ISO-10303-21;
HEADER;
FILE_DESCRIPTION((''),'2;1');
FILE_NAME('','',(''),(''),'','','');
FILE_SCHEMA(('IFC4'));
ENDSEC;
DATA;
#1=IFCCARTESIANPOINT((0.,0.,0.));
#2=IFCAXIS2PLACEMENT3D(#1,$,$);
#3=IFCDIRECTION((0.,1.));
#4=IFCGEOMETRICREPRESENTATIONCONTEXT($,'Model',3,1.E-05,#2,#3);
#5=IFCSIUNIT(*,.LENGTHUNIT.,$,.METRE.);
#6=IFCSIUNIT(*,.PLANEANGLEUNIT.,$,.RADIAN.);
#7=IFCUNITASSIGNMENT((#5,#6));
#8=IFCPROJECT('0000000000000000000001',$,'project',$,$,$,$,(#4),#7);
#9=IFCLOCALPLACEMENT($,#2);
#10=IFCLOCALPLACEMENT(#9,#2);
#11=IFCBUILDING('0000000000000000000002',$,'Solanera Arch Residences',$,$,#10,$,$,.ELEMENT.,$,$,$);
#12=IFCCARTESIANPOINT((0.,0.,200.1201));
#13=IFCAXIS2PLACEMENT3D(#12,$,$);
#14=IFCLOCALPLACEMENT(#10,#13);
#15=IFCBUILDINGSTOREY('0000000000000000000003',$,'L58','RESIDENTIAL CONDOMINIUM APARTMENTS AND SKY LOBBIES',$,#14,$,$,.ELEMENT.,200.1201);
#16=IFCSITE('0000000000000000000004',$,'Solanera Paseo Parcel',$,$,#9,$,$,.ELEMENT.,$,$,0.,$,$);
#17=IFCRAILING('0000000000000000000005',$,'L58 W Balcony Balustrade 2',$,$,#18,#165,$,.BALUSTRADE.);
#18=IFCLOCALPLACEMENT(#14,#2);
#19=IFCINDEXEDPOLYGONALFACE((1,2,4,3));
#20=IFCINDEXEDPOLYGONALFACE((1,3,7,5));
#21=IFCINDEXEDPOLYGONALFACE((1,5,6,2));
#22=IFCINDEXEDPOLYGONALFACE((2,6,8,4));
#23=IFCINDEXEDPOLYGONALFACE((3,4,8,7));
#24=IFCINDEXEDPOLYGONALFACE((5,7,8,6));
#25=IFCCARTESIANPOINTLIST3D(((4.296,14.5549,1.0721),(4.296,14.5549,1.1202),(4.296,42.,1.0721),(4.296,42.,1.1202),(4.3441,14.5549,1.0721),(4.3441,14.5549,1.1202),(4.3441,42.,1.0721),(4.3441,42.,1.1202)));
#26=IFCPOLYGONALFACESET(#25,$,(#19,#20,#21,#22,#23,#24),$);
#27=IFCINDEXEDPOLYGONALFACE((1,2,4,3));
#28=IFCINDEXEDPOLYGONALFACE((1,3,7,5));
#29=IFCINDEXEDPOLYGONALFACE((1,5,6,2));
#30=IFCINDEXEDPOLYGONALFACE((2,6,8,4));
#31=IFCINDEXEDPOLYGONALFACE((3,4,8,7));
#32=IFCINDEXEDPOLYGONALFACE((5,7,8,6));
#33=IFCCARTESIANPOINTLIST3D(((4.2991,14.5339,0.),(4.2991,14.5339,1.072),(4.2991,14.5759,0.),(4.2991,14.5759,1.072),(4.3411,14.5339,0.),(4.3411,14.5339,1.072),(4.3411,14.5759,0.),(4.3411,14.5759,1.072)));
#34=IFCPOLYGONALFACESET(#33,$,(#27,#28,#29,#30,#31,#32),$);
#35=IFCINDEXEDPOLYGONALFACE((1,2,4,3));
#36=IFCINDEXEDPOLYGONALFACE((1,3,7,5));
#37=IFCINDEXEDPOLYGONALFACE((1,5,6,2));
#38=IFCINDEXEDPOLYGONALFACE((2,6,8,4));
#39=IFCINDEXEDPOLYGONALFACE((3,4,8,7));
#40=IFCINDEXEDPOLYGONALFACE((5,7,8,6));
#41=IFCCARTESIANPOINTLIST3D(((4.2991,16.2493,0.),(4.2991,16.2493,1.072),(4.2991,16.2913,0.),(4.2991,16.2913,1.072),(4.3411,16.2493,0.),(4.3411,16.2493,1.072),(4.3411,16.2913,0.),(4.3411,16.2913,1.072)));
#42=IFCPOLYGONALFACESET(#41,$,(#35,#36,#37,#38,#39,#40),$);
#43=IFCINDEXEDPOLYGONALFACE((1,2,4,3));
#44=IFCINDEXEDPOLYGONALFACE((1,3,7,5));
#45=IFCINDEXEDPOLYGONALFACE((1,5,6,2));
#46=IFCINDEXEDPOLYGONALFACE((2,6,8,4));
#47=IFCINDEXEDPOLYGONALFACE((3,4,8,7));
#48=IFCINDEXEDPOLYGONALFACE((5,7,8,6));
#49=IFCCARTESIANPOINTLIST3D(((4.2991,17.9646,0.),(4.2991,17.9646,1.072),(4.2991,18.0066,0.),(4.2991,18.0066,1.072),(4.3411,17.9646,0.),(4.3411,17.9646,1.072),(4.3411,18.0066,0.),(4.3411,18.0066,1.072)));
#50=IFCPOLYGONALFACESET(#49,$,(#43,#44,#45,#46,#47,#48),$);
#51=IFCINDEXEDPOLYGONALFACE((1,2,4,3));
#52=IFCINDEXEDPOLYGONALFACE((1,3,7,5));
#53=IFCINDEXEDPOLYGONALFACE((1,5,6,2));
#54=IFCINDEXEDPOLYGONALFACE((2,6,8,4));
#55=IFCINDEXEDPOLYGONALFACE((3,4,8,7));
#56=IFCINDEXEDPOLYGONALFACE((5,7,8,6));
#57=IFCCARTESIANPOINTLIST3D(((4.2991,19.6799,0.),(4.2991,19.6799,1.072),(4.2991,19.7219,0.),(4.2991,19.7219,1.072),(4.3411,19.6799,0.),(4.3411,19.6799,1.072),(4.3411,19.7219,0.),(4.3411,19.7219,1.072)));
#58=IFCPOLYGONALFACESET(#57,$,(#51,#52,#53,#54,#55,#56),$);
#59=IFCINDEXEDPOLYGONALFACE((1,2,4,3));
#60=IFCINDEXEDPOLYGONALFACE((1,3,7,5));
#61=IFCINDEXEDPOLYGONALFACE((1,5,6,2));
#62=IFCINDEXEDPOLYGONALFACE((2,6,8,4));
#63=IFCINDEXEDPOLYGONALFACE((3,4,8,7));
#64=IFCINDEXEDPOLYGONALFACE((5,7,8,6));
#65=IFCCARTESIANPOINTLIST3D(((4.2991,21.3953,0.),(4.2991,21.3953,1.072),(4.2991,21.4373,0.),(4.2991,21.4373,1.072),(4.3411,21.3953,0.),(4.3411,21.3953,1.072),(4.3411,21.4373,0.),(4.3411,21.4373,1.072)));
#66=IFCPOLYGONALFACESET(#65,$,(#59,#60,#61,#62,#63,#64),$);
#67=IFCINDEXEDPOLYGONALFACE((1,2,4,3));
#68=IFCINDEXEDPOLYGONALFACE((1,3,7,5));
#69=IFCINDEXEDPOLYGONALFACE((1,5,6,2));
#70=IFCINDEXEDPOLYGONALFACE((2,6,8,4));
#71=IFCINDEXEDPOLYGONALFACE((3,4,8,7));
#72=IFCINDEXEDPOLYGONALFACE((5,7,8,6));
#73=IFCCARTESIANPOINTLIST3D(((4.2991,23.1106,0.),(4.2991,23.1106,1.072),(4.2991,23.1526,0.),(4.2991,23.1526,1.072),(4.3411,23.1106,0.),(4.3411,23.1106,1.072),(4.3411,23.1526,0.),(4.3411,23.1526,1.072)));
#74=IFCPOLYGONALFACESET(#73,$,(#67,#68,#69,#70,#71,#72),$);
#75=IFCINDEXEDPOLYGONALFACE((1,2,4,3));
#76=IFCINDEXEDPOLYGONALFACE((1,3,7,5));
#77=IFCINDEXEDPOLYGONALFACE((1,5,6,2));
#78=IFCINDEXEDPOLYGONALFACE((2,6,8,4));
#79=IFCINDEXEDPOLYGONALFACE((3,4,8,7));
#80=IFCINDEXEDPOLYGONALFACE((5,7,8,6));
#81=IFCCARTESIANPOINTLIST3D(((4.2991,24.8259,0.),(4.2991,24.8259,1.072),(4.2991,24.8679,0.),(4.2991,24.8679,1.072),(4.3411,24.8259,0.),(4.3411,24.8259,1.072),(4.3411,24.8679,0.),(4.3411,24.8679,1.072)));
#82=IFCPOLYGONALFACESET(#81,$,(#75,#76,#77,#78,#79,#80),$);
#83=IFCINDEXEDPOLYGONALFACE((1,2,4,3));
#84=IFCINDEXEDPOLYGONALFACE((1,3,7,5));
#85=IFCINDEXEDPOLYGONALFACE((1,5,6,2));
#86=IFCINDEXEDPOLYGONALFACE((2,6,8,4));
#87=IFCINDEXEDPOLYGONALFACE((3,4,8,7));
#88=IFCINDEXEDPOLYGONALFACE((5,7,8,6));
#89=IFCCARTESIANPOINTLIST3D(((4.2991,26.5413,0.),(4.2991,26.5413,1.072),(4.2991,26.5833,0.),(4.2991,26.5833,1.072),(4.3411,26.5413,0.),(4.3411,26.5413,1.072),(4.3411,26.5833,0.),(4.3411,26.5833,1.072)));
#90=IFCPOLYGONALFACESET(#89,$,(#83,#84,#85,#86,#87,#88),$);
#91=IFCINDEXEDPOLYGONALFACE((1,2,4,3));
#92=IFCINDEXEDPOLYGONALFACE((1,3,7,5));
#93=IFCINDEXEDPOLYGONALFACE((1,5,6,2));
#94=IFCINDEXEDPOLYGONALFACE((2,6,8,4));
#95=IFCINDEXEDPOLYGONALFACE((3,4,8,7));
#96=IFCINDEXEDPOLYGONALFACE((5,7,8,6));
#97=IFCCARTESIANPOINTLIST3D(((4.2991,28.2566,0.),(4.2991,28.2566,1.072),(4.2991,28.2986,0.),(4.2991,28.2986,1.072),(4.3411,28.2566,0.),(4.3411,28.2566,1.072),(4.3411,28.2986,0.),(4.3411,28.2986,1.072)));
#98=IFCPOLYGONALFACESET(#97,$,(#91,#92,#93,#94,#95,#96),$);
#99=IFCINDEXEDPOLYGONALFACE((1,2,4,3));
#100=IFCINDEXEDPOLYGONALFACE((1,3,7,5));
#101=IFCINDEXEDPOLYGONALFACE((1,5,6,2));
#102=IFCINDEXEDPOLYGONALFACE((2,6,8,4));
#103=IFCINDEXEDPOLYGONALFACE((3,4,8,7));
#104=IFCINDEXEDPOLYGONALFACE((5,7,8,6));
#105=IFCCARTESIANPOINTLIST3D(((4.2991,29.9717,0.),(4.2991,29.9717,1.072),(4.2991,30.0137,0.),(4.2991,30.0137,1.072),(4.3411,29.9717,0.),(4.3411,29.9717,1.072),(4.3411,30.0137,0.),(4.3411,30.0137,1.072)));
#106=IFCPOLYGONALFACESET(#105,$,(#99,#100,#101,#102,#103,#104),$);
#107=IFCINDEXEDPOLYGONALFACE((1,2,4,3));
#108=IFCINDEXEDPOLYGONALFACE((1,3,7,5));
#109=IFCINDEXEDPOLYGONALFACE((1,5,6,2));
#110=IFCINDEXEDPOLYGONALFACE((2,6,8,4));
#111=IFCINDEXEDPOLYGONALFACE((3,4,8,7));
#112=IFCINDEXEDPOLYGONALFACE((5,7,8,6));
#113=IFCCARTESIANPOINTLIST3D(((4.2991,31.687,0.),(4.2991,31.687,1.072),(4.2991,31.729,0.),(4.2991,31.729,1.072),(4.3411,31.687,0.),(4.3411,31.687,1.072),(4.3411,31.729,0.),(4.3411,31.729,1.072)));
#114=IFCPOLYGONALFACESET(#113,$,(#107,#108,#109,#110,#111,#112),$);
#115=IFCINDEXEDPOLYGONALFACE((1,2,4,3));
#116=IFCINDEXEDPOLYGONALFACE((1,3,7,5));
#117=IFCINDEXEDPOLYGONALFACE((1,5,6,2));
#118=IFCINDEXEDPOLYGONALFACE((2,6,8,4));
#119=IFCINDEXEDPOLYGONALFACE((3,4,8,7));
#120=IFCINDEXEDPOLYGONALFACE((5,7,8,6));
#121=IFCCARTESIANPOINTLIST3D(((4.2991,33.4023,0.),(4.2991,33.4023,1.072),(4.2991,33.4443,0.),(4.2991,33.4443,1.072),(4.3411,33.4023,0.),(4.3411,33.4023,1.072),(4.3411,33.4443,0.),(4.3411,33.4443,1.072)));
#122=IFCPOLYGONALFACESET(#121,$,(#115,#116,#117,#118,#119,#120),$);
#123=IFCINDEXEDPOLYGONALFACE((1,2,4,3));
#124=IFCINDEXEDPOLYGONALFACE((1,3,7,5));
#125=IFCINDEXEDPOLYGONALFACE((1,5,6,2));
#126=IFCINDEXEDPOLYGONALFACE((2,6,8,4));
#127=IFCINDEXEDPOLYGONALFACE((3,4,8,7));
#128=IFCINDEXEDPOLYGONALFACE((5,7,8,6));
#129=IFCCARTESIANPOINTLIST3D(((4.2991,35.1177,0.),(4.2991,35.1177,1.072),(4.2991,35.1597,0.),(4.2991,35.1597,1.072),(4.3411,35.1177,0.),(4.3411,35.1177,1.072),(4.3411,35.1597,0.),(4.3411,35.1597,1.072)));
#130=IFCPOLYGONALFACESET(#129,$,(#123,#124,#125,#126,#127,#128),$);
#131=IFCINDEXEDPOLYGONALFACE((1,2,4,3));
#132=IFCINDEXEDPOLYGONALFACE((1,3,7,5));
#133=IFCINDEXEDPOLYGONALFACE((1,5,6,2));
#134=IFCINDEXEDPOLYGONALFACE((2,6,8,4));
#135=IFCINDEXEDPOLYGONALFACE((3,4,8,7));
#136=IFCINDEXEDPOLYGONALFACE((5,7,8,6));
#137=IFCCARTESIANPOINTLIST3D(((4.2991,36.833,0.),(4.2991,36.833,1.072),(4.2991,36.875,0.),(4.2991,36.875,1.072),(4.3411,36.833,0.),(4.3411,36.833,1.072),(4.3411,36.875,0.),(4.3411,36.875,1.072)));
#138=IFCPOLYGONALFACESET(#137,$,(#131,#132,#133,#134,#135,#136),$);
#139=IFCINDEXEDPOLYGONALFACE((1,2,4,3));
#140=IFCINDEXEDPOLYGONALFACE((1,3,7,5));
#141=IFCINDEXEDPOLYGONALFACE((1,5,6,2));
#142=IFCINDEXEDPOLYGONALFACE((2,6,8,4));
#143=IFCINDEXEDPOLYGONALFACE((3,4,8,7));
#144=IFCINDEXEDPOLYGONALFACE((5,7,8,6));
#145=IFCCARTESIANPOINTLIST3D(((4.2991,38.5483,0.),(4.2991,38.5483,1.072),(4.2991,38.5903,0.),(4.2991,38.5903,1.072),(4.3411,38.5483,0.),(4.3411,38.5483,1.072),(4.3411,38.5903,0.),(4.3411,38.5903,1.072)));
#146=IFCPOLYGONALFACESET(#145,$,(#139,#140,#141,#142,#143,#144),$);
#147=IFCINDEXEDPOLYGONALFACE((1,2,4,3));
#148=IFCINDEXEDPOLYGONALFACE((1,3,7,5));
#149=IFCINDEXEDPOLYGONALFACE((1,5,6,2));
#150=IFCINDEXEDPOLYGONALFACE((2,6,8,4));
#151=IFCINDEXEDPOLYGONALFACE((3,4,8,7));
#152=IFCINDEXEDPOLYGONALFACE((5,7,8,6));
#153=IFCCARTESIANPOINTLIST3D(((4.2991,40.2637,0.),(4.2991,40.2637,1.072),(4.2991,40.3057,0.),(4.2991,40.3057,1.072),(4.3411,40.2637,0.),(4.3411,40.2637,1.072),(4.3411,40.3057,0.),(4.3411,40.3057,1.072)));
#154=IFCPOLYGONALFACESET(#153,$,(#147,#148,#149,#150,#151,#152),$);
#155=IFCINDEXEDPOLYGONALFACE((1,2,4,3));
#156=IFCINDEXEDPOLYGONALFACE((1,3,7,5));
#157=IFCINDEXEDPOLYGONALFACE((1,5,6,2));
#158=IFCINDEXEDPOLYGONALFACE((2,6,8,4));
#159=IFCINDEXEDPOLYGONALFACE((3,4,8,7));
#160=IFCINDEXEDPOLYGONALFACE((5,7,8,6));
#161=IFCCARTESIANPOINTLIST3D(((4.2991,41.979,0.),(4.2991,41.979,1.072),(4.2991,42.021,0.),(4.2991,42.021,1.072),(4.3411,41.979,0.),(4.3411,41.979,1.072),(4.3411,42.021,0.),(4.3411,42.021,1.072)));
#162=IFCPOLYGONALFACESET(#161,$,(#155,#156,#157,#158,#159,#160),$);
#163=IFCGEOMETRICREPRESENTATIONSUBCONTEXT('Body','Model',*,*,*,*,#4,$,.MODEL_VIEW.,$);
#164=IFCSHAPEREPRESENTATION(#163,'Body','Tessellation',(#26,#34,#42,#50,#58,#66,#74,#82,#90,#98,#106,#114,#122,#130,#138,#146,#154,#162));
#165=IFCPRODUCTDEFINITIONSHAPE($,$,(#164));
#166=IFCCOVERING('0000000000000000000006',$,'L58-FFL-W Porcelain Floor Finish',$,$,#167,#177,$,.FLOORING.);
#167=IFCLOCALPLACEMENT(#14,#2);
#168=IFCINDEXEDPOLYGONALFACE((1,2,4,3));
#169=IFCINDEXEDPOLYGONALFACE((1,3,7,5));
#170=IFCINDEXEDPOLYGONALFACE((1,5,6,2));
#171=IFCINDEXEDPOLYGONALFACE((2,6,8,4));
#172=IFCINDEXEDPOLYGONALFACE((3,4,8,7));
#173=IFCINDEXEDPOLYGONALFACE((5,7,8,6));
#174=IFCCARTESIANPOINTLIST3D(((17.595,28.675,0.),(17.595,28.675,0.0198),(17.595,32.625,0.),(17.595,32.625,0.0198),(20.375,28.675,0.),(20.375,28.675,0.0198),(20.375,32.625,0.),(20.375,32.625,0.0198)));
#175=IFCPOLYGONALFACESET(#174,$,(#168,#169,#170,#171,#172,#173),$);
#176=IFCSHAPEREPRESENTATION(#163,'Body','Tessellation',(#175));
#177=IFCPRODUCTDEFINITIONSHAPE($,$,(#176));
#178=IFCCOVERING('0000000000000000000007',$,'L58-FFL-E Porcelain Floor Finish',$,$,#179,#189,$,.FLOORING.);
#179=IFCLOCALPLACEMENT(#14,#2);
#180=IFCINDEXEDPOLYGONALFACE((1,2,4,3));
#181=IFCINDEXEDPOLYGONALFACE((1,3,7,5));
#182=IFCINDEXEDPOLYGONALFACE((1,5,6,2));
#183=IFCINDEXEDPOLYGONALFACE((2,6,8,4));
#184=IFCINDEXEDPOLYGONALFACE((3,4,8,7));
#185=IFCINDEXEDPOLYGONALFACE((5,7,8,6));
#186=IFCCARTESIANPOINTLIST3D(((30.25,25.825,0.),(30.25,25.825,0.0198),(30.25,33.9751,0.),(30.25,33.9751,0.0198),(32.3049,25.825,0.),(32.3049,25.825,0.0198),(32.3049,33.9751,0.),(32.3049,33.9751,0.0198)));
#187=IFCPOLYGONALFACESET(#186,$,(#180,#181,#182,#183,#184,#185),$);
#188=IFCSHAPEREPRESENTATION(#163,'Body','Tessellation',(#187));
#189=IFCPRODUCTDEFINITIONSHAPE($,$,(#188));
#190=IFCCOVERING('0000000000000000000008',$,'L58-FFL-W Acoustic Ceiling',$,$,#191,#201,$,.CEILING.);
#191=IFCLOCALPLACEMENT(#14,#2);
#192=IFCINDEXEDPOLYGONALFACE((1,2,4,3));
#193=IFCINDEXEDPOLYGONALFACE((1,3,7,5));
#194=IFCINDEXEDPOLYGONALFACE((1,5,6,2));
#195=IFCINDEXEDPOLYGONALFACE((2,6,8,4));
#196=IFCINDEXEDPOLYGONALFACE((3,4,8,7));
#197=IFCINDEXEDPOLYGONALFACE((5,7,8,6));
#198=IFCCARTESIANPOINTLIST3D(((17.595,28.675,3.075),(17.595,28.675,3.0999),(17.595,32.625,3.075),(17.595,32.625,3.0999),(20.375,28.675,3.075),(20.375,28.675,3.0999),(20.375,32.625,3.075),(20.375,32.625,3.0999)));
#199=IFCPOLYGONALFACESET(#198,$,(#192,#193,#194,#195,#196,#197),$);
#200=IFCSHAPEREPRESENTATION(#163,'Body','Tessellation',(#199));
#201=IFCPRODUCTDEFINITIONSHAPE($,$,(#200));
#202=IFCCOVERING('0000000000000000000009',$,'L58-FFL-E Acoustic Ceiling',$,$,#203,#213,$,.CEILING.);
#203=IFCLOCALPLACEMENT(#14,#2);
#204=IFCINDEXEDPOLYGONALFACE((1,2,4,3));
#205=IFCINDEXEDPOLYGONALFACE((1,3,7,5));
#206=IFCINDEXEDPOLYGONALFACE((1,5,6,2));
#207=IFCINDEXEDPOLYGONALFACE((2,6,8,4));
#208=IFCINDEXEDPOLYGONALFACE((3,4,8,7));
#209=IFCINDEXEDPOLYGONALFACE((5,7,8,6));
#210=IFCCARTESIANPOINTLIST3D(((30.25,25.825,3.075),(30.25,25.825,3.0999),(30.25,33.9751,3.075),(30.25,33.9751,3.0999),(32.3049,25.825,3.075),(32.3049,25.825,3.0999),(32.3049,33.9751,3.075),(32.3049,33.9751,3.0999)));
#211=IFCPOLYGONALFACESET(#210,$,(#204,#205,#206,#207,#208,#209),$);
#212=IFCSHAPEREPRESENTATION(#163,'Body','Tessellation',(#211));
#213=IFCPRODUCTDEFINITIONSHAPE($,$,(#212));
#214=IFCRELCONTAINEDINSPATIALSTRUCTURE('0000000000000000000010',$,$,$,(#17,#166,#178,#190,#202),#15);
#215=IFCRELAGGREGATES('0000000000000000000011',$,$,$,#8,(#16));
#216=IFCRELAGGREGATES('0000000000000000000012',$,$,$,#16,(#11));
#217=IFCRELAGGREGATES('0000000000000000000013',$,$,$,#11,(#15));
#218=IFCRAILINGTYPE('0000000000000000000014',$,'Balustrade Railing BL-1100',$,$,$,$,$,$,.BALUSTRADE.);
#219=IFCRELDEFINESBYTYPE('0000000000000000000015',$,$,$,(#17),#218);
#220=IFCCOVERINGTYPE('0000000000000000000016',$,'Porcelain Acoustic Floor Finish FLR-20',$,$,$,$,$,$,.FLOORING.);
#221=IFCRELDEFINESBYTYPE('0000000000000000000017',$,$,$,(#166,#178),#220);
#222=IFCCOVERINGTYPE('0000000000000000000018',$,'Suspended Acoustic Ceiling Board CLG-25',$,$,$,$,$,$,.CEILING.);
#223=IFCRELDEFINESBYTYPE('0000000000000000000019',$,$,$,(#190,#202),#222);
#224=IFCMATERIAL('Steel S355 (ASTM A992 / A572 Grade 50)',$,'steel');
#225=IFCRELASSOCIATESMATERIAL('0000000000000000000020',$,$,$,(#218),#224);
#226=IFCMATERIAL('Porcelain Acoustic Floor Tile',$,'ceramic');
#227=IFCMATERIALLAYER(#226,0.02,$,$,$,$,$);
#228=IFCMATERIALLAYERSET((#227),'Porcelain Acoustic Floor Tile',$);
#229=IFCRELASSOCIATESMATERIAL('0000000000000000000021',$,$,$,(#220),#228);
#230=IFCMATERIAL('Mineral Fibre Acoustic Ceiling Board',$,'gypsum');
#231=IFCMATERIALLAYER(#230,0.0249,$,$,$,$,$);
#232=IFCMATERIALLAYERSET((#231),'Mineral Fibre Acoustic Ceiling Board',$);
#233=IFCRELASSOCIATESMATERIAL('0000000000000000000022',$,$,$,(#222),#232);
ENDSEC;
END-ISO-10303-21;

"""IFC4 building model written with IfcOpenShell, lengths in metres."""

from ifc_helpers import new_model, si_unit, direction, frame, origin, origin_2d, place, context, subcontext, project, spatial, polyline, rectangle, outline, extrude, material, layer, layer_set, type_object, element, save


model = new_model("IFC4")

# Units and contexts
model_context = context("Model", 3, precision=1e-05, world=origin(), true_north=direction((0.0, 1.0)))
body_context = subcontext(model_context, "Body", "Model", "MODEL_VIEW")
ifc_project = project(units=[si_unit("LENGTHUNIT", "METRE"), si_unit("PLANEANGLEUNIT", "RADIAN")], contexts=[model_context])

# Site, building, storey
site_placement = place(None, origin())
site = spatial("IfcSite", under=ifc_project, at=site_placement, Name="Solanera Paseo Parcel", CompositionType="ELEMENT", RefElevation=0.0)
building_placement = place(site_placement, origin())
building = spatial("IfcBuilding", under=site, at=building_placement, Name="Solanera Arch Residences", CompositionType="ELEMENT")
storey_placement = place(building_placement, frame((0.0, 0.0, 200.1201)))
storey = spatial("IfcBuildingStorey", under=building, at=storey_placement, Name="L58", Description="RESIDENTIAL CONDOMINIUM APARTMENTS AND SKY LOBBIES", CompositionType="ELEMENT", Elevation=200.1201)

# Railing
ifc_material_1 = material(Name="Steel S355 (ASTM A992 / A572 Grade 50)", Category="steel")
railing_type = type_object("IfcRailingType", Name="Balustrade Railing BL-1100", PredefinedType="BALUSTRADE", material=ifc_material_1)
railing_placement = place(storey_placement, frame((4.3201, 14.5549, 0.0)))
element("IfcRailing", 1, at=railing_placement, inside=storey, type_object=railing_type, Name="L58 W Balcony Balustrade 2", PredefinedType="BALUSTRADE", context=body_context, shape_type="SweptSolid", body=[
    extrude(rectangle(XDim=0.0481, YDim=0.0481, at=origin_2d()), frame((0.0, 0.0, 1.0962), z_axis=(0.0, 1.0, 0.0), x_axis=(-1.0, 0.0, 0.0)), (0.0, 0.0, 1.0), 27.4451),
    extrude(rectangle(XDim=0.042, YDim=0.042, at=origin_2d()), origin(), (0.0, 0.0, 1.0), 1.072),
    extrude(rectangle(XDim=0.042, YDim=0.042, at=origin_2d()), frame((0.0, 1.7153, 0.0)), (0.0, 0.0, 1.0), 1.072),
    extrude(rectangle(XDim=0.042, YDim=0.042, at=origin_2d()), frame((0.0, 3.4307, 0.0)), (0.0, 0.0, 1.0), 1.072),
    extrude(rectangle(XDim=0.042, YDim=0.042, at=origin_2d()), frame((0.0, 5.146, 0.0)), (0.0, 0.0, 1.0), 1.072),
    extrude(rectangle(XDim=0.042, YDim=0.042, at=origin_2d()), frame((0.0, 6.8613, 0.0)), (0.0, 0.0, 1.0), 1.072),
    extrude(rectangle(XDim=0.042, YDim=0.042, at=origin_2d()), frame((0.0, 8.5767, 0.0)), (0.0, 0.0, 1.0), 1.072),
    extrude(rectangle(XDim=0.042, YDim=0.042, at=origin_2d()), frame((0.0, 10.292, 0.0)), (0.0, 0.0, 1.0), 1.072),
    extrude(rectangle(XDim=0.042, YDim=0.042, at=origin_2d()), frame((0.0, 12.0073, 0.0)), (0.0, 0.0, 1.0), 1.072),
    extrude(rectangle(XDim=0.042, YDim=0.042, at=origin_2d()), frame((0.0, 13.7227, 0.0)), (0.0, 0.0, 1.0), 1.072),
    extrude(rectangle(XDim=0.042, YDim=0.042, at=origin_2d()), frame((0.0, 15.4377, 0.0)), (0.0, 0.0, 1.0), 1.072),
    extrude(rectangle(XDim=0.042, YDim=0.042, at=origin_2d()), frame((0.0, 17.1531, 0.0)), (0.0, 0.0, 1.0), 1.072),
    extrude(rectangle(XDim=0.042, YDim=0.042, at=origin_2d()), frame((0.0, 18.8684, 0.0)), (0.0, 0.0, 1.0), 1.072),
    extrude(rectangle(XDim=0.042, YDim=0.042, at=origin_2d()), frame((0.0, 20.5837, 0.0)), (0.0, 0.0, 1.0), 1.072),
    extrude(rectangle(XDim=0.042, YDim=0.042, at=origin_2d()), frame((0.0, 22.2991, 0.0)), (0.0, 0.0, 1.0), 1.072),
    extrude(rectangle(XDim=0.042, YDim=0.042, at=origin_2d()), frame((0.0, 24.0144, 0.0)), (0.0, 0.0, 1.0), 1.072),
    extrude(rectangle(XDim=0.042, YDim=0.042, at=origin_2d()), frame((0.0, 25.7297, 0.0)), (0.0, 0.0, 1.0), 1.072),
    extrude(rectangle(XDim=0.042, YDim=0.042, at=origin_2d()), frame((0.0, 27.4451, 0.0)), (0.0, 0.0, 1.0), 1.072),
])

# Coverings
ifc_material_2 = material(Name="Porcelain Acoustic Floor Tile", Category="ceramic")
ifc_layer_1 = layer(ifc_material_2, 0.02)
ifc_layer_set_1 = layer_set([ifc_layer_1], Name="Porcelain Acoustic Floor Tile")
covering_type_1 = type_object("IfcCoveringType", Name="Porcelain Acoustic Floor Finish FLR-20", PredefinedType="FLOORING", material=ifc_layer_set_1)
covering_1_placement = place(storey_placement, origin())
element("IfcCovering", 2, at=covering_1_placement, inside=storey, type_object=covering_type_1, Name="L58-FFL-W Porcelain Floor Finish", PredefinedType="FLOORING", context=body_context, shape_type="SweptSolid", body=[
    extrude(outline(polyline([(20.375, 28.675), (17.595, 28.675), (17.595, 32.625), (20.375, 32.625), (20.375, 28.675)])), origin(), (0.0, 0.0, 1.0), 0.0198),
])
covering_2_placement = place(storey_placement, origin())
element("IfcCovering", 3, at=covering_2_placement, inside=storey, type_object=covering_type_1, Name="L58-FFL-E Porcelain Floor Finish", PredefinedType="FLOORING", context=body_context, shape_type="SweptSolid", body=[
    extrude(outline(polyline([(32.3049, 25.825), (30.25, 25.825), (30.25, 33.9751), (32.3049, 33.9751), (32.3049, 25.825)])), origin(), (0.0, 0.0, 1.0), 0.0198),
])
ifc_material_3 = material(Name="Mineral Fibre Acoustic Ceiling Board", Category="gypsum")
ifc_layer_2 = layer(ifc_material_3, 0.0249)
ifc_layer_set_2 = layer_set([ifc_layer_2], Name="Mineral Fibre Acoustic Ceiling Board")
covering_type_2 = type_object("IfcCoveringType", Name="Suspended Acoustic Ceiling Board CLG-25", PredefinedType="CEILING", material=ifc_layer_set_2)
covering_3_placement = place(storey_placement, frame((0.0, 0.0, 3.075)))
element("IfcCovering", 4, at=covering_3_placement, inside=storey, type_object=covering_type_2, Name="L58-FFL-W Acoustic Ceiling", PredefinedType="CEILING", context=body_context, shape_type="SweptSolid", body=[
    extrude(outline(polyline([(20.375, 28.675), (17.595, 28.675), (17.595, 32.625), (20.375, 32.625), (20.375, 28.675)])), origin(), (0.0, 0.0, 1.0), 0.0249),
])
covering_4_placement = place(storey_placement, frame((0.0, 0.0, 3.075)))
element("IfcCovering", 5, at=covering_4_placement, inside=storey, type_object=covering_type_2, Name="L58-FFL-E Acoustic Ceiling", PredefinedType="CEILING", context=body_context, shape_type="SweptSolid", body=[
    extrude(outline(polyline([(32.3049, 25.825), (30.25, 25.825), (30.25, 33.9751), (32.3049, 33.9751), (32.3049, 25.825)])), origin(), (0.0, 0.0, 1.0), 0.0249),
])

save(model, "model.ifc")
